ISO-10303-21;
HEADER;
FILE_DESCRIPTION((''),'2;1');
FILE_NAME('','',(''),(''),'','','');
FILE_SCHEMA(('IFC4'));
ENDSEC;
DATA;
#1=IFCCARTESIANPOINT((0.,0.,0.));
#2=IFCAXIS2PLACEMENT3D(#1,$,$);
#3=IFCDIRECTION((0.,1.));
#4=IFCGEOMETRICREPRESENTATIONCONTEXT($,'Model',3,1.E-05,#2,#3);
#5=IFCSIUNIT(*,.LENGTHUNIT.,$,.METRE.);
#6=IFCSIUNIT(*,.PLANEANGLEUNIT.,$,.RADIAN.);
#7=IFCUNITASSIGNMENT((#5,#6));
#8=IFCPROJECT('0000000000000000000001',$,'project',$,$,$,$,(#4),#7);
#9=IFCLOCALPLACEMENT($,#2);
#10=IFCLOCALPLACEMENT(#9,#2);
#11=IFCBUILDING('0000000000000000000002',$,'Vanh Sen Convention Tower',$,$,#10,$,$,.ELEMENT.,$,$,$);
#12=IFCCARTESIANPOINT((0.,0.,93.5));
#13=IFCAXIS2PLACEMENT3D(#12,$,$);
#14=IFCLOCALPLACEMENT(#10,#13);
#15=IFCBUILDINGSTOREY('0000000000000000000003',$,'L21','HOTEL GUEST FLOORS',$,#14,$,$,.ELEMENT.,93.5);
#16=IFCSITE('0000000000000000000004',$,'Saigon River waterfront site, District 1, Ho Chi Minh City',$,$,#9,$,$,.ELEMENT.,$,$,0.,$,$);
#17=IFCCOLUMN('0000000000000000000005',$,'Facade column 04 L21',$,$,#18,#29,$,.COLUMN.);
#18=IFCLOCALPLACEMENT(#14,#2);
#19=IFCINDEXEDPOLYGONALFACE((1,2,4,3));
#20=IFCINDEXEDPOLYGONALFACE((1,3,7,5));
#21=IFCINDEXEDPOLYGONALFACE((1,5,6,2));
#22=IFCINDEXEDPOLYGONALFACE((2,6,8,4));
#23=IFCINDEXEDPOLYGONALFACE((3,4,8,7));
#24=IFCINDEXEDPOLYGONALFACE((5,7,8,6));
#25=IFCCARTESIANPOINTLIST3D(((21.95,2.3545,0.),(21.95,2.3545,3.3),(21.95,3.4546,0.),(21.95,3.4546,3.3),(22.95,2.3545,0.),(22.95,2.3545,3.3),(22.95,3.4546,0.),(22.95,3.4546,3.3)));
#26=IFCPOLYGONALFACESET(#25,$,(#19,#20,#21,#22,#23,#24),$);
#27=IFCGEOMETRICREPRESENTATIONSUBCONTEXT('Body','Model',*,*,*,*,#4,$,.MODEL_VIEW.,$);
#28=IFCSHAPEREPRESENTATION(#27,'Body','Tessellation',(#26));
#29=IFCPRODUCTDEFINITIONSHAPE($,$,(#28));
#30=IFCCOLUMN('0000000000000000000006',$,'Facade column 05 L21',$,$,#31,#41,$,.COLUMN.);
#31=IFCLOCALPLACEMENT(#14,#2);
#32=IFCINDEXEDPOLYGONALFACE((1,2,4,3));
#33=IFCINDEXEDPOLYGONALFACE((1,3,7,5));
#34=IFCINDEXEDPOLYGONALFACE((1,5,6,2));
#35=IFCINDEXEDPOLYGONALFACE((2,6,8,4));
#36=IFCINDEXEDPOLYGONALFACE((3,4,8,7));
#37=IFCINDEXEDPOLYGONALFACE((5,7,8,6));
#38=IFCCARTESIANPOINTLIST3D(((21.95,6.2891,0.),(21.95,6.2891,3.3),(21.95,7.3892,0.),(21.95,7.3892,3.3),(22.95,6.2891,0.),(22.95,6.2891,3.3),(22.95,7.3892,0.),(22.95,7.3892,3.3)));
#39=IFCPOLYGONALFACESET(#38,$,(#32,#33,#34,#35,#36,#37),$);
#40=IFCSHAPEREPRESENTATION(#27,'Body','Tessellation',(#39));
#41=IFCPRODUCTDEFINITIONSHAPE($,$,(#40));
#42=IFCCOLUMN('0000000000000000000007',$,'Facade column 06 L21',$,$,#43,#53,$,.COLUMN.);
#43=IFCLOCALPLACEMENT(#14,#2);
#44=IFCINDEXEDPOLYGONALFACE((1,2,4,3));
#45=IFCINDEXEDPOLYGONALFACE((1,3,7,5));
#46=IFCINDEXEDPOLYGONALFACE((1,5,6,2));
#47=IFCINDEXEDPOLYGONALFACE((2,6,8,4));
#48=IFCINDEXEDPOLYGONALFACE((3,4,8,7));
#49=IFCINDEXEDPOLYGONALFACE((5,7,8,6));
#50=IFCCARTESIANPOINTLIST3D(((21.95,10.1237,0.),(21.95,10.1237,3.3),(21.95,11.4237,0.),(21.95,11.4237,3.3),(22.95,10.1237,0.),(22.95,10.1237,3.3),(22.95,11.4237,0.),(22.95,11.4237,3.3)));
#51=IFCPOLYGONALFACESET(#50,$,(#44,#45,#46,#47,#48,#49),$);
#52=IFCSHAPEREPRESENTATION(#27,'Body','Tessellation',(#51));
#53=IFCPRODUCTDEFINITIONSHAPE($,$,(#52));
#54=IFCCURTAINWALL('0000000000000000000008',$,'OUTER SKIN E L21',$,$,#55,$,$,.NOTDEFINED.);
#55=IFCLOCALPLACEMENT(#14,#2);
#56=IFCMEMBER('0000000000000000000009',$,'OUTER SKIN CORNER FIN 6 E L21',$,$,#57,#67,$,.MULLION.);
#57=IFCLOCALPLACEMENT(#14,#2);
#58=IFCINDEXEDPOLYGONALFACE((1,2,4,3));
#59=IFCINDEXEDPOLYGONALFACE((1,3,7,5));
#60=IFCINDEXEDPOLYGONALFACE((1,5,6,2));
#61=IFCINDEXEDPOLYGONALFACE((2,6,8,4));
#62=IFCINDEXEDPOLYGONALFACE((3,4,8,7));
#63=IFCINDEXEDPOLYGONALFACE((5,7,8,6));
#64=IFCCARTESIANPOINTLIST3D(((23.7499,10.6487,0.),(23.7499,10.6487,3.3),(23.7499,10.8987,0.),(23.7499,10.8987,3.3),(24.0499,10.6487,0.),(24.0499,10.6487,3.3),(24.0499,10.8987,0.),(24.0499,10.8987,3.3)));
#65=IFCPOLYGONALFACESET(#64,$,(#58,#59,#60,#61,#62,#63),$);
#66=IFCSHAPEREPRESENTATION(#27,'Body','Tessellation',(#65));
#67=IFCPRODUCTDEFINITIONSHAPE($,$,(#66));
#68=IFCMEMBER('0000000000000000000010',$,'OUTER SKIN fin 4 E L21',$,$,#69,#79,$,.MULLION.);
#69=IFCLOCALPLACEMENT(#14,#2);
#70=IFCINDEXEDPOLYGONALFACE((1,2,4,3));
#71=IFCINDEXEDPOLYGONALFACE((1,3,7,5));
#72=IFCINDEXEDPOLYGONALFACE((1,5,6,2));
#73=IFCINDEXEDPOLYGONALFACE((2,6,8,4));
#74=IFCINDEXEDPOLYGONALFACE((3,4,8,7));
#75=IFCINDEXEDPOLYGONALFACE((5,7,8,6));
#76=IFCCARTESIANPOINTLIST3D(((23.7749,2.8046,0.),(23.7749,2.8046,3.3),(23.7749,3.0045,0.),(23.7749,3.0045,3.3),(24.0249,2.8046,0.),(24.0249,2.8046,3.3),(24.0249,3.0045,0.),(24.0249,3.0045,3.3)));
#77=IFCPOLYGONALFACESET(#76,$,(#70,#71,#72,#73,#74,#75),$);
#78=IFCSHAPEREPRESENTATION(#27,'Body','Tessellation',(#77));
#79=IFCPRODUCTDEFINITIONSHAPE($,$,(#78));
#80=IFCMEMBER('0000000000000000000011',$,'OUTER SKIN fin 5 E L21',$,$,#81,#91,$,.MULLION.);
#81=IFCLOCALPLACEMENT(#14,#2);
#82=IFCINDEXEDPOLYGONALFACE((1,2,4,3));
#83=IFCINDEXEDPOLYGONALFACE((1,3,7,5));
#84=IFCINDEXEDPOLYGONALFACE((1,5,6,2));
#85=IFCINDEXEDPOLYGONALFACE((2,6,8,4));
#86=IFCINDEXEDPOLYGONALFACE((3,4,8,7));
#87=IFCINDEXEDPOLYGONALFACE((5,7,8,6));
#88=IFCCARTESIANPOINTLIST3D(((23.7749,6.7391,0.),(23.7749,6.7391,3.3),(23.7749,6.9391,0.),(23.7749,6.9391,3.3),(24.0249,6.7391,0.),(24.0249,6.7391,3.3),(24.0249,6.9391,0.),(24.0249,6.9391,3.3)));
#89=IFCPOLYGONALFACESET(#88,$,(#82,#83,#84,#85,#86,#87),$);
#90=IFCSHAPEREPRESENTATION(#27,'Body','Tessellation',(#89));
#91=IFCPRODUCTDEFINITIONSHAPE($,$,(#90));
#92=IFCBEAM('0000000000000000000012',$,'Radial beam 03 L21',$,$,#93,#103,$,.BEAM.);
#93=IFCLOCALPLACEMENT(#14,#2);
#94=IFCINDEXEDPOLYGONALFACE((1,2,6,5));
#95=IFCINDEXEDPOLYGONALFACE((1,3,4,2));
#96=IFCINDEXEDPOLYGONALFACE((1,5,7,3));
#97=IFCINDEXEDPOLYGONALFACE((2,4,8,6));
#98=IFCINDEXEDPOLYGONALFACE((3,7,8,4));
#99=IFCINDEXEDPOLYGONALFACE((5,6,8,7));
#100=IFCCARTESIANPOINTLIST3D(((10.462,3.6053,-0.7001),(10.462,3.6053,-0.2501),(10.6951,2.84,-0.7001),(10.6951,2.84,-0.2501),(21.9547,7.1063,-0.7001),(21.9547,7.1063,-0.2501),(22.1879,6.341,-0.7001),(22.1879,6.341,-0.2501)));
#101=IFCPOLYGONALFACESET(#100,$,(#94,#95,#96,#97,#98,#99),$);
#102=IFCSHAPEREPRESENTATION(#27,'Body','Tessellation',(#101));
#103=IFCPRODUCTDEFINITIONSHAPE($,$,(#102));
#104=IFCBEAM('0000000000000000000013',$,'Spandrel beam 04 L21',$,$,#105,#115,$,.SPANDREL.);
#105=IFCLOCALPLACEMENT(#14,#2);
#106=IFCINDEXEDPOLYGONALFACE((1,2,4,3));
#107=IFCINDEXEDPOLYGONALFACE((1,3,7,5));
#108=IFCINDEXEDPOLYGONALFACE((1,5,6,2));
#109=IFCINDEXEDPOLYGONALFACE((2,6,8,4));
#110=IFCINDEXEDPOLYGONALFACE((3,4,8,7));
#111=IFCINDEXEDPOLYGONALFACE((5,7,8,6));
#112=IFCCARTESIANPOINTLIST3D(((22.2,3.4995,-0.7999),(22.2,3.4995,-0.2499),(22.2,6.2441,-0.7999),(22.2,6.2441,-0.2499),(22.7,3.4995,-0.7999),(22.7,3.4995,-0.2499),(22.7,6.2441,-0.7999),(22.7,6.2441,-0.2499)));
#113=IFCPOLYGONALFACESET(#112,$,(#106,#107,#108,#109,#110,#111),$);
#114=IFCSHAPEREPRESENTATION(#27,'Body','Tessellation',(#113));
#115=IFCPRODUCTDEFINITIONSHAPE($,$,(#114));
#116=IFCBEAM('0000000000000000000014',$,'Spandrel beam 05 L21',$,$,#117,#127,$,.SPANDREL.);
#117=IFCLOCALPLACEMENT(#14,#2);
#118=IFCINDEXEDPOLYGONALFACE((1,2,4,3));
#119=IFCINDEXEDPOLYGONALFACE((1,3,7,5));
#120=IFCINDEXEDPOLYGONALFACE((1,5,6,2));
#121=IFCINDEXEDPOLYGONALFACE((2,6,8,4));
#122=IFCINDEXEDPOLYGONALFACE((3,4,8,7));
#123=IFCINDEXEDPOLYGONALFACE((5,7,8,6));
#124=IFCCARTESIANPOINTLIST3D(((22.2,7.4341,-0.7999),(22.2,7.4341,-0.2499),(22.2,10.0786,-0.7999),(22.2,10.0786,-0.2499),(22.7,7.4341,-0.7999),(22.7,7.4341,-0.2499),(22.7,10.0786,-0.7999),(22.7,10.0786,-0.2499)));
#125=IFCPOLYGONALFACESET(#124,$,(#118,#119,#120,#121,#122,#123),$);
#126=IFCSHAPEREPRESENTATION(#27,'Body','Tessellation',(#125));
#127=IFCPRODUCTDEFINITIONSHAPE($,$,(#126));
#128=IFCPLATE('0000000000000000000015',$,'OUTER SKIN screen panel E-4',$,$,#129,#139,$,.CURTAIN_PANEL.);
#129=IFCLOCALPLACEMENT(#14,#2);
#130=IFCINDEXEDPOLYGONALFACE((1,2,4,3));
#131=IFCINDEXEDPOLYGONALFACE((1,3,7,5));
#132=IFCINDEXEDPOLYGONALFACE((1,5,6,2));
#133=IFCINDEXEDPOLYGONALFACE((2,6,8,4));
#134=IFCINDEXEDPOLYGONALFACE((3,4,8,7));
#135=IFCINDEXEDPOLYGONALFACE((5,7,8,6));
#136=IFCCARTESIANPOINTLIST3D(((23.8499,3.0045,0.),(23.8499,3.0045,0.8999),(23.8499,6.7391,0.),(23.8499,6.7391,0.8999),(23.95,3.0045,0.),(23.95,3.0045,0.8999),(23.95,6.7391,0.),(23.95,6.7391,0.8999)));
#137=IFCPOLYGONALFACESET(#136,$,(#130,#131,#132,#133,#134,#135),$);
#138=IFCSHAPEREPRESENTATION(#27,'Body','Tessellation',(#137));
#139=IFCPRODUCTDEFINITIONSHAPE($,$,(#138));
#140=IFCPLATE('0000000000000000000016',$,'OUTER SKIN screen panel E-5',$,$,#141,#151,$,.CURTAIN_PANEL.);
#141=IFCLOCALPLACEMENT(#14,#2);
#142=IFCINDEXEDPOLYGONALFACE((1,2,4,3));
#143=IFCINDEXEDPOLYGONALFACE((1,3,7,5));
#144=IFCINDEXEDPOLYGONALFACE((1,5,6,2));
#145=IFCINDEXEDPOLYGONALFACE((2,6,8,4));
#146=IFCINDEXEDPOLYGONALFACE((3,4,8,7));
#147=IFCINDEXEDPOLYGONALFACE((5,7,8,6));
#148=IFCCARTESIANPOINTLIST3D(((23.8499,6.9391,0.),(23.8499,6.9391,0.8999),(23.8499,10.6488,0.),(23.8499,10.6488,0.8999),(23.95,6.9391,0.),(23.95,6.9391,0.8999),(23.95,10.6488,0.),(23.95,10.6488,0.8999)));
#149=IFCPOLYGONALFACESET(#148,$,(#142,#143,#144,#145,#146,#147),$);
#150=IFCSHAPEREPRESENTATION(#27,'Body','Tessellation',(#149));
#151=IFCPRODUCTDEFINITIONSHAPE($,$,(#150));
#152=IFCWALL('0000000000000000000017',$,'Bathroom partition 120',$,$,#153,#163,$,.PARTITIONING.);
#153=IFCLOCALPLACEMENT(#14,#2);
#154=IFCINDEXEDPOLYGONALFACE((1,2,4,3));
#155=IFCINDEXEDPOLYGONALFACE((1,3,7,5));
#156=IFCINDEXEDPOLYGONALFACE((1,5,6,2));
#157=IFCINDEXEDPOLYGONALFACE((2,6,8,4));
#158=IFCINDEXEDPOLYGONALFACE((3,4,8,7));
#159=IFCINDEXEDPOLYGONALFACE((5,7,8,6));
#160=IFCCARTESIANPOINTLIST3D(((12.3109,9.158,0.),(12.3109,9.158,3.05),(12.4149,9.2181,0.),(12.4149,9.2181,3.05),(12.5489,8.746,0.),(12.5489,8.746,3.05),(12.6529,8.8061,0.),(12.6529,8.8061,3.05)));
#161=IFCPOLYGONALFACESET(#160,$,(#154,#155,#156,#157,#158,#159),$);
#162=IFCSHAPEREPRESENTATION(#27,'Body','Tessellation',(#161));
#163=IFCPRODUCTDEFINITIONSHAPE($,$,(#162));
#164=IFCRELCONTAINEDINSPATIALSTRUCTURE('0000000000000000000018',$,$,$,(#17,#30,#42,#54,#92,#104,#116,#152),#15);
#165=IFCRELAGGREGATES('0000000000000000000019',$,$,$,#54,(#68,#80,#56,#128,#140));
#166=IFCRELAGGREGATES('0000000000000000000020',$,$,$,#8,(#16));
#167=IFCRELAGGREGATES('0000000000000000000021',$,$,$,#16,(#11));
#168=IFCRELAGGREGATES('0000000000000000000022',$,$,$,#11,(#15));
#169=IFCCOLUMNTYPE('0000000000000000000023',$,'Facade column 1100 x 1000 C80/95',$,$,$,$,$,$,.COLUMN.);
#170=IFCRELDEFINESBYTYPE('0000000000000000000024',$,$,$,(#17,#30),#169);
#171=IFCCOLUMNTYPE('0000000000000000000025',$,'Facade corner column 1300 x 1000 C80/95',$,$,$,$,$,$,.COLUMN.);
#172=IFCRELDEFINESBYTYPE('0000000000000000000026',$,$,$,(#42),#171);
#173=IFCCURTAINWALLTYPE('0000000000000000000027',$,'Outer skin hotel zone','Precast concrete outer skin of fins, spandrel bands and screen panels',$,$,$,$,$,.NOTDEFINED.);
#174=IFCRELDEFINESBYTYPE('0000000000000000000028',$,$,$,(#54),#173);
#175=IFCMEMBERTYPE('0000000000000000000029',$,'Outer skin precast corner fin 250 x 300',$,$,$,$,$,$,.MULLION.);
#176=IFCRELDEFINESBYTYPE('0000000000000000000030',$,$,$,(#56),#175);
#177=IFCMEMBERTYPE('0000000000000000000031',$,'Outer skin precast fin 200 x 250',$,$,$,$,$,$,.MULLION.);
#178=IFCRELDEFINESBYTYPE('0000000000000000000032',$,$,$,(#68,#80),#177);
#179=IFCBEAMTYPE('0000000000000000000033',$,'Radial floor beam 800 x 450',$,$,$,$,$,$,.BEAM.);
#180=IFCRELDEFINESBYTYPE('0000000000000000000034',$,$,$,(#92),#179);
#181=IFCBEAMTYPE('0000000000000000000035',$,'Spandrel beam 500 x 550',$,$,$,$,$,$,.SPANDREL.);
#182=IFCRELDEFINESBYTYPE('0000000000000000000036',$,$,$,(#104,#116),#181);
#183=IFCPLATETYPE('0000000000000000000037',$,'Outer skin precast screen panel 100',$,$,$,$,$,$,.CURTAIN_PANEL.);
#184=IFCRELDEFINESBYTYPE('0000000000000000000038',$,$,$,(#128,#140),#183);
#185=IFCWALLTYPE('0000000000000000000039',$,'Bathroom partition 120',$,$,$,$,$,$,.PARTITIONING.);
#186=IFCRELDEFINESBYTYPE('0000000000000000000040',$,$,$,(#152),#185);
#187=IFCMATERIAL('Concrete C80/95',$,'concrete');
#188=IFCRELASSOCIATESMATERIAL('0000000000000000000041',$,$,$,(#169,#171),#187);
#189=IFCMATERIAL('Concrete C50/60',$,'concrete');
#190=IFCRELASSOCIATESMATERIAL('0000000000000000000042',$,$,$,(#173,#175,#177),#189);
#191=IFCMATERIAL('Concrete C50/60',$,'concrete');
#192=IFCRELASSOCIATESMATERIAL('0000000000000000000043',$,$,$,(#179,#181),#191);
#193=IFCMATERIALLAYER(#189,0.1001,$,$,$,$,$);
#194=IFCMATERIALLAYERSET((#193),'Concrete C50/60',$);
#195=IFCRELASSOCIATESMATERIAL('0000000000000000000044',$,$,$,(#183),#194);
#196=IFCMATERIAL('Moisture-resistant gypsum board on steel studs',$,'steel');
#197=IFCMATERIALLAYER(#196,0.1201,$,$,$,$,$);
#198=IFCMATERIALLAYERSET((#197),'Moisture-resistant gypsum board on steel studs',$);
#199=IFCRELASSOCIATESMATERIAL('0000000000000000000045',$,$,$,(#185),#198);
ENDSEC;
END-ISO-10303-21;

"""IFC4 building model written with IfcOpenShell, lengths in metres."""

from ifc_helpers import new_model, si_unit, direction, frame, frame_2d, origin, origin_2d, place, context, subcontext, project, spatial, rectangle, extrude, material, layer, layer_set, material_profile, profile_set, type_object, element, aggregate, save


model = new_model("IFC4")

# Units and contexts
model_context = context("Model", 3, precision=1e-05, world=origin(), true_north=direction((0.0, 1.0)))
body_context = subcontext(model_context, "Body", "Model", "MODEL_VIEW")
ifc_project = project(units=[si_unit("LENGTHUNIT", "METRE"), si_unit("PLANEANGLEUNIT", "RADIAN")], contexts=[model_context])

# Site, building, storey
site_placement = place(None, origin())
site = spatial("IfcSite", under=ifc_project, at=site_placement, Name="Saigon River waterfront site, District 1, Ho Chi Minh City", CompositionType="ELEMENT", RefElevation=0.0)
building_placement = place(site_placement, origin())
building = spatial("IfcBuilding", under=site, at=building_placement, Name="Vanh Sen Convention Tower", CompositionType="ELEMENT")
storey_placement = place(building_placement, frame((0.0, 0.0, 93.5)))
storey = spatial("IfcBuildingStorey", under=building, at=storey_placement, Name="L21", Description="HOTEL GUEST FLOORS", CompositionType="ELEMENT", Elevation=93.5)

# Columns
ifc_material_1 = material(Name="Concrete C80/95", Category="concrete")
ifc_material_profile_1 = material_profile(ifc_material_1, rectangle(XDim=1.1001, YDim=1.0, at=origin_2d()), Name="RC 1100X1000")
ifc_profile_set_1 = profile_set([ifc_material_profile_1], Name="Concrete C80/95")
column_type_1 = type_object("IfcColumnType", Name="Facade column 1100 x 1000 C80/95", PredefinedType="COLUMN", material=ifc_profile_set_1)
for number, where, z_axis, x_axis, name in (
    (1, (22.45, 2.9045, 0.0), (0.0, 0.0, 1.0), (0.0, 1.0, 0.0), "Facade column 04 L21"),
    (2, (22.45, 6.8391, 0.0), (0.0, 0.0, 1.0), (0.0, 1.0, 0.0), "Facade column 05 L21"),
):
    element("IfcColumn", number, at=place(storey_placement, frame(where, z_axis=z_axis, x_axis=x_axis)), inside=storey, type_object=column_type_1, Name=name, PredefinedType="COLUMN", context=body_context, shape_type="SweptSolid", body=[
        extrude(rectangle(XDim=1.1001, YDim=1.0, at=origin_2d()), origin(), (0.0, 0.0, 1.0), 3.3),
    ])
ifc_material_profile_2 = material_profile(ifc_material_1, rectangle(XDim=1.3, YDim=1.0, at=origin_2d()), Name="RC 1300X1000")
ifc_profile_set_2 = profile_set([ifc_material_profile_2], Name="Concrete C80/95")
column_type_2 = type_object("IfcColumnType", Name="Facade corner column 1300 x 1000 C80/95", PredefinedType="COLUMN", material=ifc_profile_set_2)
column_placement = place(storey_placement, frame((22.45, 10.7737, 0.0), z_axis=(0.0, 0.0, 1.0), x_axis=(0.0, 1.0, 0.0)))
element("IfcColumn", 3, at=column_placement, inside=storey, type_object=column_type_2, Name="Facade column 06 L21", PredefinedType="COLUMN", context=body_context, shape_type="SweptSolid", body=[
    extrude(rectangle(XDim=1.3, YDim=1.0, at=origin_2d()), origin(), (0.0, 0.0, 1.0), 3.3),
])

# Curtain wall, members
ifc_material_2 = material(Name="Concrete C50/60", Category="concrete")
curtain_wall_type = type_object("IfcCurtainWallType", Name="Outer skin hotel zone", Description="Precast concrete outer skin of fins, spandrel bands and screen panels", PredefinedType="NOTDEFINED", material=ifc_material_2)
curtain_wall_placement = place(storey_placement, origin())
curtain_wall = element("IfcCurtainWall", 4, at=curtain_wall_placement, inside=storey, type_object=curtain_wall_type, Name="OUTER SKIN E L21", PredefinedType="NOTDEFINED")
ifc_material_profile_3 = material_profile(ifc_material_2, rectangle(XDim=0.25, YDim=0.3, at=origin_2d()), Name="Outer skin precast corner fin 250 x 300")
ifc_profile_set_3 = profile_set([ifc_material_profile_3], Name="Concrete C50/60")
member_type_1 = type_object("IfcMemberType", Name="Outer skin precast corner fin 250 x 300", PredefinedType="MULLION", material=ifc_profile_set_3)
member_1_placement = place(storey_placement, frame((23.8999, 10.7737, 0.0), z_axis=(0.0, 0.0, 1.0), x_axis=(0.0, 1.0, 0.0)))
member_1 = element("IfcMember", 5, at=member_1_placement, type_object=member_type_1, Name="OUTER SKIN CORNER FIN 6 E L21", PredefinedType="MULLION", context=body_context, shape_type="SweptSolid", body=[
    extrude(rectangle(XDim=0.25, YDim=0.3, at=origin_2d()), origin(), (0.0, 0.0, 1.0), 3.3),
])
ifc_material_profile_4 = material_profile(ifc_material_2, rectangle(XDim=0.2, YDim=0.25, at=origin_2d()), Name="Outer skin precast fin 200 x 250")
ifc_profile_set_4 = profile_set([ifc_material_profile_4], Name="Concrete C50/60")
member_type_2 = type_object("IfcMemberType", Name="Outer skin precast fin 200 x 250", PredefinedType="MULLION", material=ifc_profile_set_4)
member_2_placement = place(storey_placement, frame((23.8999, 2.9045, 0.0), z_axis=(0.0, 0.0, 1.0), x_axis=(0.0, 1.0, 0.0)))
member_2 = element("IfcMember", 6, at=member_2_placement, type_object=member_type_2, Name="OUTER SKIN fin 4 E L21", PredefinedType="MULLION", context=body_context, shape_type="SweptSolid", body=[
    extrude(rectangle(XDim=0.2, YDim=0.25, at=origin_2d()), origin(), (0.0, 0.0, 1.0), 3.3),
])
member_3_placement = place(storey_placement, frame((23.8999, 6.8391, 0.0), z_axis=(0.0, 0.0, 1.0), x_axis=(0.0, 1.0, 0.0)))
member_3 = element("IfcMember", 7, at=member_3_placement, type_object=member_type_2, Name="OUTER SKIN fin 5 E L21", PredefinedType="MULLION", context=body_context, shape_type="SweptSolid", body=[
    extrude(rectangle(XDim=0.2, YDim=0.25, at=origin_2d()), origin(), (0.0, 0.0, 1.0), 3.3),
])

# Beams
ifc_material_3 = material(Name="Concrete C50/60", Category="concrete")
ifc_material_profile_5 = material_profile(ifc_material_3, rectangle(XDim=0.8, YDim=0.45, at=origin_2d()), Name="RC 800X450")
ifc_profile_set_5 = profile_set([ifc_material_profile_5], Name="Concrete C50/60")
beam_type_1 = type_object("IfcBeamType", Name="Radial floor beam 800 x 450", PredefinedType="BEAM", material=ifc_profile_set_5)
beam_1_placement = place(storey_placement, frame((22.0713, 6.7236, -0.4751), z_axis=(-0.9566, -0.291406, 0.0), x_axis=(0.291406, -0.9566, 0.0)))
element("IfcBeam", 8, at=beam_1_placement, inside=storey, type_object=beam_type_1, Name="Radial beam 03 L21", PredefinedType="BEAM", context=body_context, shape_type="SweptSolid", body=[
    extrude(rectangle(XDim=0.8, YDim=0.45, at=origin_2d()), origin(), (0.0, 0.0, 1.0), 12.0142),
])
ifc_material_profile_6 = material_profile(ifc_material_3, rectangle(XDim=0.5, YDim=0.55, at=origin_2d()), Name="RC 500X550")
ifc_profile_set_6 = profile_set([ifc_material_profile_6], Name="Concrete C50/60")
beam_type_2 = type_object("IfcBeamType", Name="Spandrel beam 500 x 550", PredefinedType="SPANDREL", material=ifc_profile_set_6)
beam_2_placement = place(storey_placement, frame((22.45, 3.4995, -0.5249), z_axis=(0.0, 1.0, 0.0), x_axis=(-1.0, 0.0, 0.0)))
element("IfcBeam", 9, at=beam_2_placement, inside=storey, type_object=beam_type_2, Name="Spandrel beam 04 L21", PredefinedType="SPANDREL", context=body_context, shape_type="SweptSolid", body=[
    extrude(rectangle(XDim=0.5, YDim=0.55, at=origin_2d()), origin(), (0.0, 0.0, 1.0), 2.7446),
])
beam_3_placement = place(storey_placement, frame((22.45, 7.4341, -0.5249), z_axis=(0.0, 1.0, 0.0), x_axis=(-1.0, 0.0, 0.0)))
element("IfcBeam", 10, at=beam_3_placement, inside=storey, type_object=beam_type_2, Name="Spandrel beam 05 L21", PredefinedType="SPANDREL", context=body_context, shape_type="SweptSolid", body=[
    extrude(rectangle(XDim=0.5, YDim=0.55, at=origin_2d()), origin(), (0.0, 0.0, 1.0), 2.6445),
])

# Plates
ifc_layer_1 = layer(ifc_material_2, 0.1001)
ifc_layer_set_1 = layer_set([ifc_layer_1], Name="Concrete C50/60")
plate_type = type_object("IfcPlateType", Name="Outer skin precast screen panel 100", PredefinedType="CURTAIN_PANEL", material=ifc_layer_set_1)
plate_1_placement = place(storey_placement, frame((23.8999, 4.8718, 0.0), z_axis=(0.0, 0.0, 1.0), x_axis=(0.0, 1.0, 0.0)))
plate_1 = element("IfcPlate", 11, at=plate_1_placement, type_object=plate_type, Name="OUTER SKIN screen panel E-4", PredefinedType="CURTAIN_PANEL", context=body_context, shape_type="SweptSolid", body=[
    extrude(rectangle(XDim=3.7346, YDim=0.1001, at=origin_2d()), origin(), (0.0, 0.0, 1.0), 0.8999),
])
plate_2_placement = place(storey_placement, frame((23.8999, 8.7939, 0.0), z_axis=(0.0, 0.0, 1.0), x_axis=(0.0, 1.0, 0.0)))
plate_2 = element("IfcPlate", 12, at=plate_2_placement, type_object=plate_type, Name="OUTER SKIN screen panel E-5", PredefinedType="CURTAIN_PANEL", context=body_context, shape_type="SweptSolid", body=[
    extrude(rectangle(XDim=3.7097, YDim=0.1001, at=origin_2d()), origin(), (0.0, 0.0, 1.0), 0.8999),
])
aggregate(curtain_wall, [member_2, member_3, member_1, plate_1, plate_2])

# Wall
ifc_material_4 = material(Name="Moisture-resistant gypsum board on steel studs", Category="steel")
ifc_layer_2 = layer(ifc_material_4, 0.1201)
ifc_layer_set_2 = layer_set([ifc_layer_2], Name="Moisture-resistant gypsum board on steel studs")
wall_type_1 = type_object("IfcWallType", Name="Bathroom partition 120", PredefinedType="PARTITIONING", material=ifc_layer_set_2)
wall_1_placement = place(storey_placement, frame((12.6008, 8.7761, 0.0), z_axis=(0.0, 0.0, 1.0), x_axis=(-0.500166, 0.865929, 0.0)))
element("IfcWall", 13, at=wall_1_placement, inside=storey, type_object=wall_type_1, Name="Bathroom partition 120", PredefinedType="PARTITIONING", context=body_context, shape_type="SweptSolid", body=[
    extrude(rectangle(XDim=0.4758, YDim=0.1201, at=frame_2d((0.2378, 0.0))), origin(), (0.0, 0.0, 1.0), 3.05),
])

save(model, "model.ifc")
